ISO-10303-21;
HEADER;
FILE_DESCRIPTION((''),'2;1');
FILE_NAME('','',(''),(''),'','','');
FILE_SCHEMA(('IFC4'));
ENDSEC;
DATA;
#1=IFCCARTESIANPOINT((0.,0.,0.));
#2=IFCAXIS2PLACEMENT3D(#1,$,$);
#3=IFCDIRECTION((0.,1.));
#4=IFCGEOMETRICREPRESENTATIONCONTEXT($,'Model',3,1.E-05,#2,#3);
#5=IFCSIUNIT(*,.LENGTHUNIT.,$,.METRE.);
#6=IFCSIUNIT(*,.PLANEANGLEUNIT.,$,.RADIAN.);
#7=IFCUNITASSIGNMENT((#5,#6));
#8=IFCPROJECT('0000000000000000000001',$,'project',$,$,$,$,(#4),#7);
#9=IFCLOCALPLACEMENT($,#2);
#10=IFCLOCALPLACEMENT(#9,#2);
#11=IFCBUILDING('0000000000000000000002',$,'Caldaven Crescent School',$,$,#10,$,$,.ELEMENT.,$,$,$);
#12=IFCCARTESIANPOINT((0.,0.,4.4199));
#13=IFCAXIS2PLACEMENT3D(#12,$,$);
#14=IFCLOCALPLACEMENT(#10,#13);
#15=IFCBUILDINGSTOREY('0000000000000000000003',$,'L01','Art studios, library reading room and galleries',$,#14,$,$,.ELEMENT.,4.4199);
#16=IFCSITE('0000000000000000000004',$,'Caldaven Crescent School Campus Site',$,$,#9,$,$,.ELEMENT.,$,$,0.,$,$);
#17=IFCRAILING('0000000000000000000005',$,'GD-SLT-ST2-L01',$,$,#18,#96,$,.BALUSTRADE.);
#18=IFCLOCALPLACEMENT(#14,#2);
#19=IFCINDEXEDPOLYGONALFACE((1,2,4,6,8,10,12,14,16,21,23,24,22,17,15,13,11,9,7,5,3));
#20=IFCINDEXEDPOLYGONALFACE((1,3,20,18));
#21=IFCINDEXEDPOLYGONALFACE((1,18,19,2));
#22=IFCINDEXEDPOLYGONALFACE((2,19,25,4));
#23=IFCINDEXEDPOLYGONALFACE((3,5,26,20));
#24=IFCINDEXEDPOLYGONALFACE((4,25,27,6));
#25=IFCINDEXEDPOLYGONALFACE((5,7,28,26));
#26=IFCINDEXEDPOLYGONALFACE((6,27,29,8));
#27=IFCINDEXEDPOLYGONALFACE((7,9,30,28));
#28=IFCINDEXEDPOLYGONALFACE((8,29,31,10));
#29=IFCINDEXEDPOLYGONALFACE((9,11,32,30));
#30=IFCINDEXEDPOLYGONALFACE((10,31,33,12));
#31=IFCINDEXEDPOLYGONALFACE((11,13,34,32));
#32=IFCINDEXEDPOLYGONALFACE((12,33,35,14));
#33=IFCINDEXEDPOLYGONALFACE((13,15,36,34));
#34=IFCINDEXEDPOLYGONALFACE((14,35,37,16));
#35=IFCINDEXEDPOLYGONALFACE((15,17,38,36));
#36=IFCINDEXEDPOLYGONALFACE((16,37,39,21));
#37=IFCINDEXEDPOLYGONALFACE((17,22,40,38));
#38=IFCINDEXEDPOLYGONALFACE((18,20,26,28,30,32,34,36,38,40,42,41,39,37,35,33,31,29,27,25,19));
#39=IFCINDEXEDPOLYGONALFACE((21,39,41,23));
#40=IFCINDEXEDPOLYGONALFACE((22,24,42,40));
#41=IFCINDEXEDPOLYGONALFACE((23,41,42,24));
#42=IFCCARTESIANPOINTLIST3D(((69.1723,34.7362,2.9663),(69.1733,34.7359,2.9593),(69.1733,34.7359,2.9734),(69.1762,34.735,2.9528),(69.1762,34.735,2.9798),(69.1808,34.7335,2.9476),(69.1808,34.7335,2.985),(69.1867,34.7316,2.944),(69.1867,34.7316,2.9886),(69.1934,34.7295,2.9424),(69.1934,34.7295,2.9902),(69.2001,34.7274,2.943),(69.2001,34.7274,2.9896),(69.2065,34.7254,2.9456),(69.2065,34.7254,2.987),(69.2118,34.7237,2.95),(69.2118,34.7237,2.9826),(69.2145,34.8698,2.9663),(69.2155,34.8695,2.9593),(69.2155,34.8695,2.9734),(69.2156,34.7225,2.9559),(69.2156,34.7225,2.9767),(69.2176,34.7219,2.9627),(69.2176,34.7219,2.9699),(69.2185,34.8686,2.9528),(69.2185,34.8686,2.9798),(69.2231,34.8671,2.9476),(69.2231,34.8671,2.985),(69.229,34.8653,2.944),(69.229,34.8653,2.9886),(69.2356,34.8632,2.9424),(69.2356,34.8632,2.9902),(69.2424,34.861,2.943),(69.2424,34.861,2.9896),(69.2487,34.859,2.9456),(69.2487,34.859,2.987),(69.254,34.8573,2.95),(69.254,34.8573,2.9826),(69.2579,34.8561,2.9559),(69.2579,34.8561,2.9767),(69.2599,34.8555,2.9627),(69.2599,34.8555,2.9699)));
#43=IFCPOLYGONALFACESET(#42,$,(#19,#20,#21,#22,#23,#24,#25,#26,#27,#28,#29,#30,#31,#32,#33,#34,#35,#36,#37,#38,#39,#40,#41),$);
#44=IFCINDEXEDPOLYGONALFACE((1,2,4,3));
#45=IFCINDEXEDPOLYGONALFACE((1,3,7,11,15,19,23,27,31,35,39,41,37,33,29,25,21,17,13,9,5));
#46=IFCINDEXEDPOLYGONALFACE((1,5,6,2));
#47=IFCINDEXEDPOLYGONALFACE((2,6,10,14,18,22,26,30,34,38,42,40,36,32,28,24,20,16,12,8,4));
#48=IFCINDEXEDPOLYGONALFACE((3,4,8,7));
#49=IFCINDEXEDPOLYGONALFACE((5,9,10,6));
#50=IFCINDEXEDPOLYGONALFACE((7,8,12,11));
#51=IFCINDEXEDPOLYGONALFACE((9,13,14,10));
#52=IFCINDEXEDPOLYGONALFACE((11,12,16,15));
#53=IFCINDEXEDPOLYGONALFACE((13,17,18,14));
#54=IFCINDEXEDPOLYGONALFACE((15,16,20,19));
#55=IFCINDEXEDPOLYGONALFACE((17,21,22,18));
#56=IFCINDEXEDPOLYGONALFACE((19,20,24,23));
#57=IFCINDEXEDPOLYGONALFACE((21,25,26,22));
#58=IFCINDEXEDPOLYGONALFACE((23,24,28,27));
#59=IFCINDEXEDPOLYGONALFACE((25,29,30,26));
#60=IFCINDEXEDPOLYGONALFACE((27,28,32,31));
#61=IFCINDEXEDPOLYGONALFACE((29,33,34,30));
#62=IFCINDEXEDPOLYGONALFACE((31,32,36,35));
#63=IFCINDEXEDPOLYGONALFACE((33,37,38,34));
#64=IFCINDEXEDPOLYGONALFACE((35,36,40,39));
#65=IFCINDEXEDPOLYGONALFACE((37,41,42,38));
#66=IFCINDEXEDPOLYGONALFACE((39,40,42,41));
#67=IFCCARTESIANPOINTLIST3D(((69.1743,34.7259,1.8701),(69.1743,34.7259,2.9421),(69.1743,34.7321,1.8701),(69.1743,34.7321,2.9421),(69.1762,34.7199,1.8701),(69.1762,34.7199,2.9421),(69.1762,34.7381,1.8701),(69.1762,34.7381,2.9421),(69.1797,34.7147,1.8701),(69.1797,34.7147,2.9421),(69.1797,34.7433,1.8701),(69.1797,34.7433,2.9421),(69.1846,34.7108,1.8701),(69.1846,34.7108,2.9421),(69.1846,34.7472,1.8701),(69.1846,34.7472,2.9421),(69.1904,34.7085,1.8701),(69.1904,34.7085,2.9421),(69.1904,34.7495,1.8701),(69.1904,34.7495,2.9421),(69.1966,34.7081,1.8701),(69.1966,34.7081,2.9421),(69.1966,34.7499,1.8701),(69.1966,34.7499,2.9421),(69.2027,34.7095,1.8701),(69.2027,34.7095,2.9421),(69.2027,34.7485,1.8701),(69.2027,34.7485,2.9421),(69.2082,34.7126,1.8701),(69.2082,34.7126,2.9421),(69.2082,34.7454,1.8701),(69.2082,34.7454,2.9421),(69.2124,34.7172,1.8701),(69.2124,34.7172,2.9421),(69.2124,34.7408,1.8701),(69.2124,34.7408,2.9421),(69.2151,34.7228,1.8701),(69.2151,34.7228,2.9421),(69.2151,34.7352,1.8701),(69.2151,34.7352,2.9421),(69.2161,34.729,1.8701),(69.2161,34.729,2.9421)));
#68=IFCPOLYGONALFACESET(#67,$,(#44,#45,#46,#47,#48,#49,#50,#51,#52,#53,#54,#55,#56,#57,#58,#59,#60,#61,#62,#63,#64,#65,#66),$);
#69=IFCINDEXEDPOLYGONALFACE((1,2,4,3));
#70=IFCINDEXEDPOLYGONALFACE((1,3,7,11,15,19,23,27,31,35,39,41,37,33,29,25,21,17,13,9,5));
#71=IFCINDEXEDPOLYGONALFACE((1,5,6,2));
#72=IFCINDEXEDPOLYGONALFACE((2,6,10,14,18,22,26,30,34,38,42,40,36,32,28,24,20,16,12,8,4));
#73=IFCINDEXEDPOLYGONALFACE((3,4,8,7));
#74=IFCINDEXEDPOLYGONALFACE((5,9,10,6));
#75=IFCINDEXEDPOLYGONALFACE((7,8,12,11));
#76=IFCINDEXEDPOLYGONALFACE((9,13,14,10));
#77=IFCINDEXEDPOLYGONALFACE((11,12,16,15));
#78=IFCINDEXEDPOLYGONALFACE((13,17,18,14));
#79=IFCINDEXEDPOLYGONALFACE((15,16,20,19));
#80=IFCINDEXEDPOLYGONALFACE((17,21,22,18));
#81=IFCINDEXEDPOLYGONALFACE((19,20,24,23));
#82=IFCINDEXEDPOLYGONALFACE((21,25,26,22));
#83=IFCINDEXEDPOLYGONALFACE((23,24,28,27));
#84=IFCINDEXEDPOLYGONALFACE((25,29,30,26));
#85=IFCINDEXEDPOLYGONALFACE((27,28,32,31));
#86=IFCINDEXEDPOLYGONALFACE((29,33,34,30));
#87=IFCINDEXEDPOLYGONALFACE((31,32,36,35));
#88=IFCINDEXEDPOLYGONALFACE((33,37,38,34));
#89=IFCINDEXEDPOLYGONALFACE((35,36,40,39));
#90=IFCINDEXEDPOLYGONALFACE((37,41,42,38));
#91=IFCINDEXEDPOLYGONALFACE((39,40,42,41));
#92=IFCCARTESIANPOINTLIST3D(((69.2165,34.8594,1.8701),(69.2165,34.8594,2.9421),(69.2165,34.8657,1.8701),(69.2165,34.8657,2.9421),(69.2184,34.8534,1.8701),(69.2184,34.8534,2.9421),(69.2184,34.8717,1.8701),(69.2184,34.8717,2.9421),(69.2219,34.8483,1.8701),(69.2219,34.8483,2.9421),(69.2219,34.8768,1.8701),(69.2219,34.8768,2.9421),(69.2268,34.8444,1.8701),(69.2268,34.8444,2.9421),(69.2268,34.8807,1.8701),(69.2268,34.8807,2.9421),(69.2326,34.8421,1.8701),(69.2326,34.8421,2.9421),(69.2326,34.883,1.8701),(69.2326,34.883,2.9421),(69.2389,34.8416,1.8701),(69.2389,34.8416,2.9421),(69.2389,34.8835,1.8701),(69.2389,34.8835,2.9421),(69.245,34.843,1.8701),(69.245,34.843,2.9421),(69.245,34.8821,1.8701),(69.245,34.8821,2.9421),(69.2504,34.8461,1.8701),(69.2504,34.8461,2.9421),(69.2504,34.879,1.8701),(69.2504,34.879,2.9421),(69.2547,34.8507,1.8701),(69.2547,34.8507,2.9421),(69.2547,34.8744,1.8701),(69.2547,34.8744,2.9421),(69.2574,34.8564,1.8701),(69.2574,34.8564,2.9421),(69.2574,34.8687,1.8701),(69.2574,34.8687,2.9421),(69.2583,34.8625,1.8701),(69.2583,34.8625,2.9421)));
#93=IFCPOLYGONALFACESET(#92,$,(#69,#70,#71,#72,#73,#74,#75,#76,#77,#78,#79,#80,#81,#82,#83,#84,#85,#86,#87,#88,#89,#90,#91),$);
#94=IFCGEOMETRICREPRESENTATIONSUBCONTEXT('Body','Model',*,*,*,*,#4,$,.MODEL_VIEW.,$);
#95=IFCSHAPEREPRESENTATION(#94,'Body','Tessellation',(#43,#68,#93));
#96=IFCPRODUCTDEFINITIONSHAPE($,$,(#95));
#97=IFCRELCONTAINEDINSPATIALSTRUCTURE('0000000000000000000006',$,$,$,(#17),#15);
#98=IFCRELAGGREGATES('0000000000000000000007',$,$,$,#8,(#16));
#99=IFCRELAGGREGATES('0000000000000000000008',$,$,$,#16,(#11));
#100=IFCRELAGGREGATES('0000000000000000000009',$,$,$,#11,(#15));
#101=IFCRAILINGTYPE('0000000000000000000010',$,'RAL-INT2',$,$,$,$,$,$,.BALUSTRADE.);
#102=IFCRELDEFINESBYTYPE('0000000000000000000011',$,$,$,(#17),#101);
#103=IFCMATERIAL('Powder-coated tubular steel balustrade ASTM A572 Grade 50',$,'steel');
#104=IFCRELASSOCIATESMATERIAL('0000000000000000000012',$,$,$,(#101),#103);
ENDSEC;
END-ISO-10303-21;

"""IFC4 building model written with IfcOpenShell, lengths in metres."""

from ifc_helpers import new_model, si_unit, direction, frame, origin, origin_2d, place, context, subcontext, project, spatial, circle, extrude, material, type_object, element, save


model = new_model("IFC4")

# Units and contexts
model_context = context("Model", 3, precision=1e-05, world=origin(), true_north=direction((0.0, 1.0)))
body_context = subcontext(model_context, "Body", "Model", "MODEL_VIEW")
ifc_project = project(units=[si_unit("LENGTHUNIT", "METRE"), si_unit("PLANEANGLEUNIT", "RADIAN")], contexts=[model_context])

# Site, building, storey
site_placement = place(None, origin())
site = spatial("IfcSite", under=ifc_project, at=site_placement, Name="Caldaven Crescent School Campus Site", CompositionType="ELEMENT", RefElevation=0.0)
building_placement = place(site_placement, origin())
building = spatial("IfcBuilding", under=site, at=building_placement, Name="Caldaven Crescent School", CompositionType="ELEMENT")
storey_placement = place(building_placement, frame((0.0, 0.0, 4.4199)))
storey = spatial("IfcBuildingStorey", under=building, at=storey_placement, Name="L01", Description="Art studios, library reading room and galleries", CompositionType="ELEMENT", Elevation=4.4199)

# Railing
ifc_material_1 = material(Name="Powder-coated tubular steel balustrade ASTM A572 Grade 50", Category="steel")
railing_type_1 = type_object("IfcRailingType", Name="RAL-INT2", PredefinedType="BALUSTRADE", material=ifc_material_1)
railing_1_placement = place(storey_placement, frame((69.1951, 34.729, 1.8701)))
element("IfcRailing", 1, at=railing_1_placement, inside=storey, type_object=railing_type_1, Name="GD-SLT-ST2-L01", PredefinedType="BALUSTRADE", context=body_context, shape_type="SweptSolid", body=[
    extrude(circle(Radius=0.0239, at=origin_2d()), frame((0.0, 0.0, 1.0962), z_axis=(0.301548, 0.953451, 0.0), x_axis=(-0.953451, 0.301548, 0.0)), (0.0, 0.0, 1.0), 0.1401),
    extrude(circle(Radius=0.021, at=origin_2d()), origin(), (0.0, 0.0, 1.0), 1.072),
    extrude(circle(Radius=0.021, at=origin_2d()), frame((0.0422, 0.1335, 0.0)), (0.0, 0.0, 1.0), 1.072),
])

save(model, "model.ifc")
